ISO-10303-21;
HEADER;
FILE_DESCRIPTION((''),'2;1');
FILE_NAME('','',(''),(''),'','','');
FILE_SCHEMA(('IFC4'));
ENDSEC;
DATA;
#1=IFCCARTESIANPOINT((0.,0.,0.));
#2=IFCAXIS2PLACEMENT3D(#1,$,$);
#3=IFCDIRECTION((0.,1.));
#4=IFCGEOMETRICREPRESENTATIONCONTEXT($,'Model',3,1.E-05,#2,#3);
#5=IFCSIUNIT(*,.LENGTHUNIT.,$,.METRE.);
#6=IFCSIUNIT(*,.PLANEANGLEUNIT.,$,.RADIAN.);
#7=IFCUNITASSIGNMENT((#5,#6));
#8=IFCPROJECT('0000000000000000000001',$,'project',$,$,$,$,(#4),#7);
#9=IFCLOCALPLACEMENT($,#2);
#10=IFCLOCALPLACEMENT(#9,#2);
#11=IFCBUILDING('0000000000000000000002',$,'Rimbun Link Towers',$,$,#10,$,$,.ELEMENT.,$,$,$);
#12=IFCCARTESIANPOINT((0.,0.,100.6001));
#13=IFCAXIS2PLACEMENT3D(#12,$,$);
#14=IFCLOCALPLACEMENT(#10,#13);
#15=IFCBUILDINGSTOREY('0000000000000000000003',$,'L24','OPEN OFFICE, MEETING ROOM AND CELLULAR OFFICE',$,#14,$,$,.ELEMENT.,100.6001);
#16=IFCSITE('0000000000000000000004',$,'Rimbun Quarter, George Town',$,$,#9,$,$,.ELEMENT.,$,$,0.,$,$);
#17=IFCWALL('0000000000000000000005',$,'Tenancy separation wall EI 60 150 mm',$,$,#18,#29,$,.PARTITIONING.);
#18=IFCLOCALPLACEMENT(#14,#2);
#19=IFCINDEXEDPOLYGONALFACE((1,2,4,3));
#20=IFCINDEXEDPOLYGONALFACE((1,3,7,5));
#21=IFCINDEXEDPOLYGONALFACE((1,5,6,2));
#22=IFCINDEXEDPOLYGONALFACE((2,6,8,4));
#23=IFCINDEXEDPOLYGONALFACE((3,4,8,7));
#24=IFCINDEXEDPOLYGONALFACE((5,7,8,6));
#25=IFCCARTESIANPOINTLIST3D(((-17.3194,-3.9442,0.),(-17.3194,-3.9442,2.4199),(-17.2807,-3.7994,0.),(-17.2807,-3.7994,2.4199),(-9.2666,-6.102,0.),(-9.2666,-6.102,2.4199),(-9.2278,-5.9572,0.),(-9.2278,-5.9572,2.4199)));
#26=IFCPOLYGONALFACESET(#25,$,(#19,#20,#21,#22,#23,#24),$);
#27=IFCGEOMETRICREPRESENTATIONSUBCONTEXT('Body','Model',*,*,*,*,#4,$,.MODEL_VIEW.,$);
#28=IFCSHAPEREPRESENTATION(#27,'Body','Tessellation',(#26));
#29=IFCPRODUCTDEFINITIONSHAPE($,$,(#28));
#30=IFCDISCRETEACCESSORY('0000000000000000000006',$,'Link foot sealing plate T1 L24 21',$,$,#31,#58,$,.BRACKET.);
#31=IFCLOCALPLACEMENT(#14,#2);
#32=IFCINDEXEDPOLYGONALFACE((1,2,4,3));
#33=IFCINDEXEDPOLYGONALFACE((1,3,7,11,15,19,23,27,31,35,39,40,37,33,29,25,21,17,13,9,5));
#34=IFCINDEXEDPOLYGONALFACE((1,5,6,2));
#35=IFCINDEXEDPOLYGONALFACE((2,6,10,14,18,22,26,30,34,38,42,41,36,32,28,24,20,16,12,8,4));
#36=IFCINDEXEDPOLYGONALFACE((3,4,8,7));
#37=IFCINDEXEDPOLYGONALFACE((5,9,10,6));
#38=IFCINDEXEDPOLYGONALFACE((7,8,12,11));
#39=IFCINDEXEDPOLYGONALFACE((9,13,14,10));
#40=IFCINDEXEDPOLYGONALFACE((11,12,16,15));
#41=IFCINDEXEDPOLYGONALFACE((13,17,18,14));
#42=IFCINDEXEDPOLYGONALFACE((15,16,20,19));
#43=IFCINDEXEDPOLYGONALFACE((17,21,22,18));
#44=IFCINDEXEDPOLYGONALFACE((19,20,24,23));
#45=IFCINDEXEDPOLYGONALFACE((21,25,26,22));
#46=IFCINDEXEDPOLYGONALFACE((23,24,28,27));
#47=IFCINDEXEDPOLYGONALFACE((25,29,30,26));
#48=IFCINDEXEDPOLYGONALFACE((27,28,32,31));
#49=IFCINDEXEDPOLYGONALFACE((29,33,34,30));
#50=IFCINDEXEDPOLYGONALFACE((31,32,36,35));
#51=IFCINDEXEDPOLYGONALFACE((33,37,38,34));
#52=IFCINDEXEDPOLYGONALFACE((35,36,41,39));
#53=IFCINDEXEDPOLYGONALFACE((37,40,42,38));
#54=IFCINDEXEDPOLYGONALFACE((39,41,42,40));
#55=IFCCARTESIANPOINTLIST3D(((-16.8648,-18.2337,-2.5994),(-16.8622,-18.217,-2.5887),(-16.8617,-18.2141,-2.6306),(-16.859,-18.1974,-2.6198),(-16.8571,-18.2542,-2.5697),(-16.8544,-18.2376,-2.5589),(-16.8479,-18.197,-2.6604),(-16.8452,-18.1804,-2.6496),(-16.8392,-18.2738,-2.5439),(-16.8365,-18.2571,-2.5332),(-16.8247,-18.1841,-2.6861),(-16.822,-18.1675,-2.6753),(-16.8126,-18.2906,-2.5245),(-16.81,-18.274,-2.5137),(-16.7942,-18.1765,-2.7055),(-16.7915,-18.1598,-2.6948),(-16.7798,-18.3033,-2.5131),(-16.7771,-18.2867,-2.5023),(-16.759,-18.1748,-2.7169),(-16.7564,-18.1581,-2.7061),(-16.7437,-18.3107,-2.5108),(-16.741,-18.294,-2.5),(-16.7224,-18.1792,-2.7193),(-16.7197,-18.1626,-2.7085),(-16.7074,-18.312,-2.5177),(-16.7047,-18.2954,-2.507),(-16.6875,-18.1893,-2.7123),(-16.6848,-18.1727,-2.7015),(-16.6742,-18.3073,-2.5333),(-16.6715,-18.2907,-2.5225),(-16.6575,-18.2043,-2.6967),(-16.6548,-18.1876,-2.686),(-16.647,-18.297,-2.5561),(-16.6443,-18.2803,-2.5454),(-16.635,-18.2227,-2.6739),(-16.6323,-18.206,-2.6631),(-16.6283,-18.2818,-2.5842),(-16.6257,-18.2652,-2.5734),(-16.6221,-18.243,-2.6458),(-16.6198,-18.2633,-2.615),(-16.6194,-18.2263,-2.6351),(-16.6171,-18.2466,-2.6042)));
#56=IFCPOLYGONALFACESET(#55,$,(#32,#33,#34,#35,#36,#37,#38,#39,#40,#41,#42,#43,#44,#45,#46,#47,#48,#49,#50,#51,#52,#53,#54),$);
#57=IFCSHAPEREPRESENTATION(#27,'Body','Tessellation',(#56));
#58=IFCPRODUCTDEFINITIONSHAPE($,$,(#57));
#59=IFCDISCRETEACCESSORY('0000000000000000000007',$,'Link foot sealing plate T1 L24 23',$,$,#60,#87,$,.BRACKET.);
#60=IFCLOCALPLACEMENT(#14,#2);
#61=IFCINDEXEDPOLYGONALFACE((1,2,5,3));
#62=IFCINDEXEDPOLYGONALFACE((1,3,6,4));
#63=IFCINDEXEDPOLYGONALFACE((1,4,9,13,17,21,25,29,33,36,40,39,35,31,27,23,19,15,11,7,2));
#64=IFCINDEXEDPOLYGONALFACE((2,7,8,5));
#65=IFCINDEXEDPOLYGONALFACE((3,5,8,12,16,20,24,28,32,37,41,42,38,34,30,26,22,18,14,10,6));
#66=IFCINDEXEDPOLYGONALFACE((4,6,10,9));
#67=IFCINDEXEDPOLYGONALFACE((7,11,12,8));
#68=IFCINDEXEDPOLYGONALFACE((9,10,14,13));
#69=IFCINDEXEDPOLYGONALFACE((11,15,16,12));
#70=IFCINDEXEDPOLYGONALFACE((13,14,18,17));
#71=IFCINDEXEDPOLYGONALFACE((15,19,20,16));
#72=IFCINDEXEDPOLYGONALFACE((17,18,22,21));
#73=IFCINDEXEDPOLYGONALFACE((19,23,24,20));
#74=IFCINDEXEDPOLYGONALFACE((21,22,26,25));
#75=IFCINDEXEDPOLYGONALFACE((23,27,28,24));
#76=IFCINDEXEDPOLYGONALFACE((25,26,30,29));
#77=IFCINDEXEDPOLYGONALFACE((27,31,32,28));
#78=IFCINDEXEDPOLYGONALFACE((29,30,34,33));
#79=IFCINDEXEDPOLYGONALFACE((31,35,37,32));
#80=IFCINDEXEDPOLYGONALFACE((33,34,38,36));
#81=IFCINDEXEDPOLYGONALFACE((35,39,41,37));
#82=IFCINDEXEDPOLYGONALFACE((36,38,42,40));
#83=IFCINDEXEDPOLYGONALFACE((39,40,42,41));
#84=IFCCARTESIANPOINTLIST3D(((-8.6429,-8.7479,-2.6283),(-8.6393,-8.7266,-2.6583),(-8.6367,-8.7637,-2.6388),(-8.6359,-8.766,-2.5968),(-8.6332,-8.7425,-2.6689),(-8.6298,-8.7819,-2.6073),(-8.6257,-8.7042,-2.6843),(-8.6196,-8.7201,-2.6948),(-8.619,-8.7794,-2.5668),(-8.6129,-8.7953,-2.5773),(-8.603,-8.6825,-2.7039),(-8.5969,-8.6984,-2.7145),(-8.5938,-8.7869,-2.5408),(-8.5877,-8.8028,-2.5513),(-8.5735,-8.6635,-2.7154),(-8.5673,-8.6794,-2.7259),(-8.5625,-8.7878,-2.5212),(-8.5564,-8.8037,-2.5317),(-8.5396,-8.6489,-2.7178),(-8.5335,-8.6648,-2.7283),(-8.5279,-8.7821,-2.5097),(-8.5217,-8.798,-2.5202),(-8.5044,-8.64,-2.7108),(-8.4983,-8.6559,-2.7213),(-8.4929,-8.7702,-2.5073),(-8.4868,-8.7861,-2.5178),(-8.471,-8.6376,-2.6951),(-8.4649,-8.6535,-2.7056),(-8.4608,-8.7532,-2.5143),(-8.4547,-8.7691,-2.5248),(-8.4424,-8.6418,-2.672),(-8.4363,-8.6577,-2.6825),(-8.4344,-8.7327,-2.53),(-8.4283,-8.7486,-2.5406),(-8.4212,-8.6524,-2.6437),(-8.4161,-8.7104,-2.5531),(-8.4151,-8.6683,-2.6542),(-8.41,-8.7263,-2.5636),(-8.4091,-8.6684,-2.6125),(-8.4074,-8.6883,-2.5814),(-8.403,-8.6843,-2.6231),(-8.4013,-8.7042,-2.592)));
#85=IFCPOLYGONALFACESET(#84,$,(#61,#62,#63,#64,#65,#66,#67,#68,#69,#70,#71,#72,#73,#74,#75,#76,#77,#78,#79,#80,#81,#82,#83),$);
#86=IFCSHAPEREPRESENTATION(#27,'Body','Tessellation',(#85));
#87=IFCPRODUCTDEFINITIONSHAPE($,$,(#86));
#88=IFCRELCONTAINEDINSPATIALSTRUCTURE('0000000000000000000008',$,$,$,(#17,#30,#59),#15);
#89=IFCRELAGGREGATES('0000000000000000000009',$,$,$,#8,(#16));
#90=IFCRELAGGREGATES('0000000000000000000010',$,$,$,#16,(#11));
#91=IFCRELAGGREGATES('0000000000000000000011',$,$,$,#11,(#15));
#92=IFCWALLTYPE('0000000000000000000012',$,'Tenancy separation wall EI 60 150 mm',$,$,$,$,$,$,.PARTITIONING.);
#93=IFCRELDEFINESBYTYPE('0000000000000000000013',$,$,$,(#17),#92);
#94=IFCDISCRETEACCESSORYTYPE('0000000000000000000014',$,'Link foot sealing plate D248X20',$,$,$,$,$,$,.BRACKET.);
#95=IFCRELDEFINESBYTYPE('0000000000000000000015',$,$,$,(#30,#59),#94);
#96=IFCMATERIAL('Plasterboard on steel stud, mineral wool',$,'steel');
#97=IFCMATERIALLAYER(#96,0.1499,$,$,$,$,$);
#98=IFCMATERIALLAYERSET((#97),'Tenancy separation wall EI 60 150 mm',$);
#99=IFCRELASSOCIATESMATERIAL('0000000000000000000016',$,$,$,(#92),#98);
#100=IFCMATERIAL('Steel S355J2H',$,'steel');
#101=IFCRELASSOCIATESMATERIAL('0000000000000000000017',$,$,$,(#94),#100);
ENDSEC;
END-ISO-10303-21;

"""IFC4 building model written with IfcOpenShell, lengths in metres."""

from ifc_helpers import new_model, si_unit, direction, frame, frame_2d, origin, origin_2d, place, context, subcontext, project, spatial, rectangle, circle, extrude, material, layer, layer_set, material_profile, profile_set, type_object, element, save


model = new_model("IFC4")

# Units and contexts
model_context = context("Model", 3, precision=1e-05, world=origin(), true_north=direction((0.0, 1.0)))
body_context = subcontext(model_context, "Body", "Model", "MODEL_VIEW")
ifc_project = project(units=[si_unit("LENGTHUNIT", "METRE"), si_unit("PLANEANGLEUNIT", "RADIAN")], contexts=[model_context])

# Site, building, storey
site_placement = place(None, origin())
site = spatial("IfcSite", under=ifc_project, at=site_placement, Name="Rimbun Quarter, George Town", CompositionType="ELEMENT", RefElevation=0.0)
building_placement = place(site_placement, origin())
building = spatial("IfcBuilding", under=site, at=building_placement, Name="Rimbun Link Towers", CompositionType="ELEMENT")
storey_placement = place(building_placement, frame((0.0, 0.0, 100.6001)))
storey = spatial("IfcBuildingStorey", under=building, at=storey_placement, Name="L24", Description="OPEN OFFICE, MEETING ROOM AND CELLULAR OFFICE", CompositionType="ELEMENT", Elevation=100.6001)

# Wall
ifc_material_1 = material(Name="Plasterboard on steel stud, mineral wool", Category="steel")
ifc_layer_1 = layer(ifc_material_1, 0.1499)
ifc_layer_set_1 = layer_set([ifc_layer_1], Name="Tenancy separation wall EI 60 150 mm")
wall_type_1 = type_object("IfcWallType", Name="Tenancy separation wall EI 60 150 mm", PredefinedType="PARTITIONING", material=ifc_layer_set_1)
wall_1_placement = place(storey_placement, frame((-17.3, -3.8718, 0.0), z_axis=(0.0, 0.0, 1.0), x_axis=(0.965926, -0.258818, 0.0)))
element("IfcWall", 1, at=wall_1_placement, inside=storey, type_object=wall_type_1, Name="Tenancy separation wall EI 60 150 mm", PredefinedType="PARTITIONING", context=body_context, shape_type="SweptSolid", body=[
    extrude(rectangle(XDim=8.3369, YDim=0.1499, at=frame_2d((4.1685, 0.0))), origin(), (0.0, 0.0, 1.0), 2.4199),
])

# Discrete accessories
ifc_material_2 = material(Name="Steel S355J2H", Category="steel")
ifc_material_profile_1 = material_profile(ifc_material_2, circle(Radius=0.124, at=origin_2d()), Name="PL D248")
ifc_profile_set_1 = profile_set([ifc_material_profile_1], Name="Steel S355J2H")
discrete_accessory_type = type_object("IfcDiscreteAccessoryType", Name="Link foot sealing plate D248X20", PredefinedType="BRACKET", material=ifc_profile_set_1)
for number, where, z_axis, x_axis, name in (
    (2, (-16.7395, -18.2268, -2.6042), (-0.134577, -0.831933, -0.538309), (0.987167, -0.159689, 0.0), "Link foot sealing plate T1 L24 21"),
    (3, (-8.5249, -8.7129, -2.6125), (0.305446, -0.794161, -0.525368), (0.933346, 0.358979, 0.0), "Link foot sealing plate T1 L24 23"),
):
    element("IfcDiscreteAccessory", number, at=place(storey_placement, frame(where, z_axis=z_axis, x_axis=x_axis)), inside=storey, type_object=discrete_accessory_type, Name=name, PredefinedType="BRACKET", context=body_context, shape_type="SweptSolid", body=[
        extrude(circle(Radius=0.124, at=origin_2d()), origin(), (0.0, 0.0, 1.0), 0.02),
    ])

save(model, "model.ifc")
